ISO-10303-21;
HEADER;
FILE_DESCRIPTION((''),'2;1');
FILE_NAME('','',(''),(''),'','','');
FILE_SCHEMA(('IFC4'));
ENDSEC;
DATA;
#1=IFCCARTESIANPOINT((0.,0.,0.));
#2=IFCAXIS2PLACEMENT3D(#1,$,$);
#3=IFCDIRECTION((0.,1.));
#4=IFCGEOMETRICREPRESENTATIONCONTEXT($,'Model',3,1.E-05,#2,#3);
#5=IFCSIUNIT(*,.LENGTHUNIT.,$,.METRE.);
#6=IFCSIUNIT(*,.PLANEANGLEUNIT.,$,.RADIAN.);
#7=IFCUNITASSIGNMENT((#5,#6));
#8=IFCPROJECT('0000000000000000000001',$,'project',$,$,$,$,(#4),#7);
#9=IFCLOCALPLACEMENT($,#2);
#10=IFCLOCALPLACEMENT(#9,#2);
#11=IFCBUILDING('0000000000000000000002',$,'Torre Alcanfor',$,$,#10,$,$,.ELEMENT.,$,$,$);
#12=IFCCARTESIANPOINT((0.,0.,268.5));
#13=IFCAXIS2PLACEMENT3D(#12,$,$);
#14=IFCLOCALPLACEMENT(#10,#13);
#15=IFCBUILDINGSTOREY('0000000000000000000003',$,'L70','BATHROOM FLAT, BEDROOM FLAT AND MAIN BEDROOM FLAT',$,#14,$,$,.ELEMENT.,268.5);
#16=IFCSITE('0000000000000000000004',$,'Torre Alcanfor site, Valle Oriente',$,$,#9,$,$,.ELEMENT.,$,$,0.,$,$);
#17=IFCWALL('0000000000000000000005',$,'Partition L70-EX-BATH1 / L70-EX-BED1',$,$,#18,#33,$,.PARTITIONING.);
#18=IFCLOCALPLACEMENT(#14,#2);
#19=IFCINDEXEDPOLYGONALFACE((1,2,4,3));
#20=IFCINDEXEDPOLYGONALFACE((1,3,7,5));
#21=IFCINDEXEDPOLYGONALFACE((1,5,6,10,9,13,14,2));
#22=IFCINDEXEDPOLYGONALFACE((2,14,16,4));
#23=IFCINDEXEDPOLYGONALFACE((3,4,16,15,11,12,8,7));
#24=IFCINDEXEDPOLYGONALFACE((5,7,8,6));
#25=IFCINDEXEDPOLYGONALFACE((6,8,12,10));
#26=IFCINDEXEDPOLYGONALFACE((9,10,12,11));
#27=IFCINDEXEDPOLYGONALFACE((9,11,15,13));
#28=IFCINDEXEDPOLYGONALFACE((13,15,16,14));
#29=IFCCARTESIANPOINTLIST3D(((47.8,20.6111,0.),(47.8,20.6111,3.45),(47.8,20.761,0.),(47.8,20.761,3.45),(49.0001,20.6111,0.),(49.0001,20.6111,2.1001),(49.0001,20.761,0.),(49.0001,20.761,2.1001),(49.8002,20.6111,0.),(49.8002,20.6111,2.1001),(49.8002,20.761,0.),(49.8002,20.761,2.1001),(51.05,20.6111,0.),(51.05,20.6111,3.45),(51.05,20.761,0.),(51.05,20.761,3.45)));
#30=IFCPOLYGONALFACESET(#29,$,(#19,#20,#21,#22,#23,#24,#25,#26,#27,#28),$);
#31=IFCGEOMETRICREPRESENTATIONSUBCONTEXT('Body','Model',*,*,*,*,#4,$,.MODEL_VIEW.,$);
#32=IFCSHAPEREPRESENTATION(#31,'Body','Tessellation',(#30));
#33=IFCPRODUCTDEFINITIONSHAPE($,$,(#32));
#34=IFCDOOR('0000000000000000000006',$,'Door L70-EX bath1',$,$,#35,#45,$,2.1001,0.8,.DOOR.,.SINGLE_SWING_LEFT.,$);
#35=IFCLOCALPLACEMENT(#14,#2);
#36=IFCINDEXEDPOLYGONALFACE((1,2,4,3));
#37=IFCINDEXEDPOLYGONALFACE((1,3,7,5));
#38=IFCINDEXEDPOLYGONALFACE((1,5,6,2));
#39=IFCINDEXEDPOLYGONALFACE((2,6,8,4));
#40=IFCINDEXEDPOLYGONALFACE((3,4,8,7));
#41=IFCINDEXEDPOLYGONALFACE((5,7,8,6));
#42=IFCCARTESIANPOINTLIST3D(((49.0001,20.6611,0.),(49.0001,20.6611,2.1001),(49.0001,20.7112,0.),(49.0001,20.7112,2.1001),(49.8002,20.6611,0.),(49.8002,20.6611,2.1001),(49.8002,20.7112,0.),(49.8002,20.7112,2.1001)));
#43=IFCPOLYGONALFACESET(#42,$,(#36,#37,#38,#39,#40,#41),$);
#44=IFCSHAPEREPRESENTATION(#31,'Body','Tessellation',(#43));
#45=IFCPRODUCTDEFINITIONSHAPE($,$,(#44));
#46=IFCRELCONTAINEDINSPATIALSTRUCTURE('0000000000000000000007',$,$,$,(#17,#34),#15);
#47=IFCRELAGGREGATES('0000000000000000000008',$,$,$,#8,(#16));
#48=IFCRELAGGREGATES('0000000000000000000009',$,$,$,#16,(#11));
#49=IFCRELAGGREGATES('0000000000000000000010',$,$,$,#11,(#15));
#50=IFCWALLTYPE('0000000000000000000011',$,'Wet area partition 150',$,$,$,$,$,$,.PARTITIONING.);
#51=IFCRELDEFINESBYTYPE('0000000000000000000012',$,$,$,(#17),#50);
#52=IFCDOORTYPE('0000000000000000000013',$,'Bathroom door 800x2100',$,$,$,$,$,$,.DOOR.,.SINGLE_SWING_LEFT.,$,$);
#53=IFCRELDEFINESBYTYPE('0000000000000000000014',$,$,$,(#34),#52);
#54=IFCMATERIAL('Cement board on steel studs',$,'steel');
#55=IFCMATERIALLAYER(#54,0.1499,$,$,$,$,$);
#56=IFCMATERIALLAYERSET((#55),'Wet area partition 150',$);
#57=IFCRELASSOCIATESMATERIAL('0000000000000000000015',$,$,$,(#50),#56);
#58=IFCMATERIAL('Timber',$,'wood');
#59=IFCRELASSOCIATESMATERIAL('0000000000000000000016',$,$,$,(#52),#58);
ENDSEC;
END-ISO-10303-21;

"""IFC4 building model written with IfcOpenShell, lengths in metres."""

from ifc_helpers import new_model, si_unit, direction, frame, frame_2d, origin, place, context, subcontext, project, spatial, rectangle, extrude, material, layer, layer_set, type_object, element, fill, save


model = new_model("IFC4")

# Units and contexts
model_context = context("Model", 3, precision=1e-05, world=origin(), true_north=direction((0.0, 1.0)))
body_context = subcontext(model_context, "Body", "Model", "MODEL_VIEW")
ifc_project = project(units=[si_unit("LENGTHUNIT", "METRE"), si_unit("PLANEANGLEUNIT", "RADIAN")], contexts=[model_context])

# Site, building, storey
site_placement = place(None, origin())
site = spatial("IfcSite", under=ifc_project, at=site_placement, Name="Torre Alcanfor site, Valle Oriente", CompositionType="ELEMENT", RefElevation=0.0)
building_placement = place(site_placement, origin())
building = spatial("IfcBuilding", under=site, at=building_placement, Name="Torre Alcanfor", CompositionType="ELEMENT")
storey_placement = place(building_placement, frame((0.0, 0.0, 268.5)))
storey = spatial("IfcBuildingStorey", under=building, at=storey_placement, Name="L70", Description="BATHROOM FLAT, BEDROOM FLAT AND MAIN BEDROOM FLAT", CompositionType="ELEMENT", Elevation=268.5)

# Wall, opening, door
ifc_material_1 = material(Name="Cement board on steel studs", Category="steel")
ifc_layer_1 = layer(ifc_material_1, 0.1499)
ifc_layer_set_1 = layer_set([ifc_layer_1], Name="Wet area partition 150")
wall_type_1 = type_object("IfcWallType", Name="Wet area partition 150", PredefinedType="PARTITIONING", material=ifc_layer_set_1)
wall_1_placement = place(storey_placement, frame((51.05, 20.686, 0.0), z_axis=(0.0, 0.0, 1.0), x_axis=(-1.0, 0.0, 0.0)))
wall_1 = element("IfcWall", 1, at=wall_1_placement, inside=storey, type_object=wall_type_1, Name="Partition L70-EX-BATH1 / L70-EX-BED1", PredefinedType="PARTITIONING", context=body_context, shape_type="SweptSolid", body=[
    extrude(rectangle(XDim=3.25, YDim=0.1499, at=frame_2d((1.625, 0.0))), origin(), (0.0, 0.0, 1.0), 3.45),
])
opening_1_placement = place(wall_1_placement, frame((1.25, 0.0, 0.0)))
opening_1 = element("IfcOpeningElement", 2, at=opening_1_placement, cuts=wall_1, PredefinedType="OPENING", context=body_context, shape_type="SweptSolid", body=[
    extrude(rectangle(XDim=0.8, YDim=2.1001, at=frame_2d((0.3999, 1.05))), frame((0.0, 0.085, 0.0), z_axis=(0.0, -1.0, 0.0), x_axis=(1.0, 0.0, 0.0)), (0.0, 0.0, 1.0), 0.1699),
])
ifc_material_2 = material(Name="Timber", Category="wood")
door_type_1 = type_object("IfcDoorType", Name="Bathroom door 800x2100", OperationType="SINGLE_SWING_LEFT", PredefinedType="DOOR", material=ifc_material_2)
door_1_placement = place(opening_1_placement, frame((0.8, 0.0, 0.0), z_axis=(0.0, 0.0, 1.0), x_axis=(-1.0, 0.0, 0.0)))
door_1 = element("IfcDoor", 3, at=door_1_placement, inside=storey, type_object=door_type_1, Name="Door L70-EX bath1", OperationType="SINGLE_SWING_LEFT", OverallHeight=2.1001, OverallWidth=0.8, PredefinedType="DOOR", context=body_context, shape_type="SweptSolid", body=[
    extrude(rectangle(XDim=0.8, YDim=2.1001, at=frame_2d((0.4001, 1.05))), frame((0.0, 0.0251, 0.0), z_axis=(0.0, -1.0, 0.0), x_axis=(1.0, 0.0, 0.0)), (0.0, 0.0, 1.0), 0.05),
])
fill(opening_1, door_1)

save(model, "model.ifc")
